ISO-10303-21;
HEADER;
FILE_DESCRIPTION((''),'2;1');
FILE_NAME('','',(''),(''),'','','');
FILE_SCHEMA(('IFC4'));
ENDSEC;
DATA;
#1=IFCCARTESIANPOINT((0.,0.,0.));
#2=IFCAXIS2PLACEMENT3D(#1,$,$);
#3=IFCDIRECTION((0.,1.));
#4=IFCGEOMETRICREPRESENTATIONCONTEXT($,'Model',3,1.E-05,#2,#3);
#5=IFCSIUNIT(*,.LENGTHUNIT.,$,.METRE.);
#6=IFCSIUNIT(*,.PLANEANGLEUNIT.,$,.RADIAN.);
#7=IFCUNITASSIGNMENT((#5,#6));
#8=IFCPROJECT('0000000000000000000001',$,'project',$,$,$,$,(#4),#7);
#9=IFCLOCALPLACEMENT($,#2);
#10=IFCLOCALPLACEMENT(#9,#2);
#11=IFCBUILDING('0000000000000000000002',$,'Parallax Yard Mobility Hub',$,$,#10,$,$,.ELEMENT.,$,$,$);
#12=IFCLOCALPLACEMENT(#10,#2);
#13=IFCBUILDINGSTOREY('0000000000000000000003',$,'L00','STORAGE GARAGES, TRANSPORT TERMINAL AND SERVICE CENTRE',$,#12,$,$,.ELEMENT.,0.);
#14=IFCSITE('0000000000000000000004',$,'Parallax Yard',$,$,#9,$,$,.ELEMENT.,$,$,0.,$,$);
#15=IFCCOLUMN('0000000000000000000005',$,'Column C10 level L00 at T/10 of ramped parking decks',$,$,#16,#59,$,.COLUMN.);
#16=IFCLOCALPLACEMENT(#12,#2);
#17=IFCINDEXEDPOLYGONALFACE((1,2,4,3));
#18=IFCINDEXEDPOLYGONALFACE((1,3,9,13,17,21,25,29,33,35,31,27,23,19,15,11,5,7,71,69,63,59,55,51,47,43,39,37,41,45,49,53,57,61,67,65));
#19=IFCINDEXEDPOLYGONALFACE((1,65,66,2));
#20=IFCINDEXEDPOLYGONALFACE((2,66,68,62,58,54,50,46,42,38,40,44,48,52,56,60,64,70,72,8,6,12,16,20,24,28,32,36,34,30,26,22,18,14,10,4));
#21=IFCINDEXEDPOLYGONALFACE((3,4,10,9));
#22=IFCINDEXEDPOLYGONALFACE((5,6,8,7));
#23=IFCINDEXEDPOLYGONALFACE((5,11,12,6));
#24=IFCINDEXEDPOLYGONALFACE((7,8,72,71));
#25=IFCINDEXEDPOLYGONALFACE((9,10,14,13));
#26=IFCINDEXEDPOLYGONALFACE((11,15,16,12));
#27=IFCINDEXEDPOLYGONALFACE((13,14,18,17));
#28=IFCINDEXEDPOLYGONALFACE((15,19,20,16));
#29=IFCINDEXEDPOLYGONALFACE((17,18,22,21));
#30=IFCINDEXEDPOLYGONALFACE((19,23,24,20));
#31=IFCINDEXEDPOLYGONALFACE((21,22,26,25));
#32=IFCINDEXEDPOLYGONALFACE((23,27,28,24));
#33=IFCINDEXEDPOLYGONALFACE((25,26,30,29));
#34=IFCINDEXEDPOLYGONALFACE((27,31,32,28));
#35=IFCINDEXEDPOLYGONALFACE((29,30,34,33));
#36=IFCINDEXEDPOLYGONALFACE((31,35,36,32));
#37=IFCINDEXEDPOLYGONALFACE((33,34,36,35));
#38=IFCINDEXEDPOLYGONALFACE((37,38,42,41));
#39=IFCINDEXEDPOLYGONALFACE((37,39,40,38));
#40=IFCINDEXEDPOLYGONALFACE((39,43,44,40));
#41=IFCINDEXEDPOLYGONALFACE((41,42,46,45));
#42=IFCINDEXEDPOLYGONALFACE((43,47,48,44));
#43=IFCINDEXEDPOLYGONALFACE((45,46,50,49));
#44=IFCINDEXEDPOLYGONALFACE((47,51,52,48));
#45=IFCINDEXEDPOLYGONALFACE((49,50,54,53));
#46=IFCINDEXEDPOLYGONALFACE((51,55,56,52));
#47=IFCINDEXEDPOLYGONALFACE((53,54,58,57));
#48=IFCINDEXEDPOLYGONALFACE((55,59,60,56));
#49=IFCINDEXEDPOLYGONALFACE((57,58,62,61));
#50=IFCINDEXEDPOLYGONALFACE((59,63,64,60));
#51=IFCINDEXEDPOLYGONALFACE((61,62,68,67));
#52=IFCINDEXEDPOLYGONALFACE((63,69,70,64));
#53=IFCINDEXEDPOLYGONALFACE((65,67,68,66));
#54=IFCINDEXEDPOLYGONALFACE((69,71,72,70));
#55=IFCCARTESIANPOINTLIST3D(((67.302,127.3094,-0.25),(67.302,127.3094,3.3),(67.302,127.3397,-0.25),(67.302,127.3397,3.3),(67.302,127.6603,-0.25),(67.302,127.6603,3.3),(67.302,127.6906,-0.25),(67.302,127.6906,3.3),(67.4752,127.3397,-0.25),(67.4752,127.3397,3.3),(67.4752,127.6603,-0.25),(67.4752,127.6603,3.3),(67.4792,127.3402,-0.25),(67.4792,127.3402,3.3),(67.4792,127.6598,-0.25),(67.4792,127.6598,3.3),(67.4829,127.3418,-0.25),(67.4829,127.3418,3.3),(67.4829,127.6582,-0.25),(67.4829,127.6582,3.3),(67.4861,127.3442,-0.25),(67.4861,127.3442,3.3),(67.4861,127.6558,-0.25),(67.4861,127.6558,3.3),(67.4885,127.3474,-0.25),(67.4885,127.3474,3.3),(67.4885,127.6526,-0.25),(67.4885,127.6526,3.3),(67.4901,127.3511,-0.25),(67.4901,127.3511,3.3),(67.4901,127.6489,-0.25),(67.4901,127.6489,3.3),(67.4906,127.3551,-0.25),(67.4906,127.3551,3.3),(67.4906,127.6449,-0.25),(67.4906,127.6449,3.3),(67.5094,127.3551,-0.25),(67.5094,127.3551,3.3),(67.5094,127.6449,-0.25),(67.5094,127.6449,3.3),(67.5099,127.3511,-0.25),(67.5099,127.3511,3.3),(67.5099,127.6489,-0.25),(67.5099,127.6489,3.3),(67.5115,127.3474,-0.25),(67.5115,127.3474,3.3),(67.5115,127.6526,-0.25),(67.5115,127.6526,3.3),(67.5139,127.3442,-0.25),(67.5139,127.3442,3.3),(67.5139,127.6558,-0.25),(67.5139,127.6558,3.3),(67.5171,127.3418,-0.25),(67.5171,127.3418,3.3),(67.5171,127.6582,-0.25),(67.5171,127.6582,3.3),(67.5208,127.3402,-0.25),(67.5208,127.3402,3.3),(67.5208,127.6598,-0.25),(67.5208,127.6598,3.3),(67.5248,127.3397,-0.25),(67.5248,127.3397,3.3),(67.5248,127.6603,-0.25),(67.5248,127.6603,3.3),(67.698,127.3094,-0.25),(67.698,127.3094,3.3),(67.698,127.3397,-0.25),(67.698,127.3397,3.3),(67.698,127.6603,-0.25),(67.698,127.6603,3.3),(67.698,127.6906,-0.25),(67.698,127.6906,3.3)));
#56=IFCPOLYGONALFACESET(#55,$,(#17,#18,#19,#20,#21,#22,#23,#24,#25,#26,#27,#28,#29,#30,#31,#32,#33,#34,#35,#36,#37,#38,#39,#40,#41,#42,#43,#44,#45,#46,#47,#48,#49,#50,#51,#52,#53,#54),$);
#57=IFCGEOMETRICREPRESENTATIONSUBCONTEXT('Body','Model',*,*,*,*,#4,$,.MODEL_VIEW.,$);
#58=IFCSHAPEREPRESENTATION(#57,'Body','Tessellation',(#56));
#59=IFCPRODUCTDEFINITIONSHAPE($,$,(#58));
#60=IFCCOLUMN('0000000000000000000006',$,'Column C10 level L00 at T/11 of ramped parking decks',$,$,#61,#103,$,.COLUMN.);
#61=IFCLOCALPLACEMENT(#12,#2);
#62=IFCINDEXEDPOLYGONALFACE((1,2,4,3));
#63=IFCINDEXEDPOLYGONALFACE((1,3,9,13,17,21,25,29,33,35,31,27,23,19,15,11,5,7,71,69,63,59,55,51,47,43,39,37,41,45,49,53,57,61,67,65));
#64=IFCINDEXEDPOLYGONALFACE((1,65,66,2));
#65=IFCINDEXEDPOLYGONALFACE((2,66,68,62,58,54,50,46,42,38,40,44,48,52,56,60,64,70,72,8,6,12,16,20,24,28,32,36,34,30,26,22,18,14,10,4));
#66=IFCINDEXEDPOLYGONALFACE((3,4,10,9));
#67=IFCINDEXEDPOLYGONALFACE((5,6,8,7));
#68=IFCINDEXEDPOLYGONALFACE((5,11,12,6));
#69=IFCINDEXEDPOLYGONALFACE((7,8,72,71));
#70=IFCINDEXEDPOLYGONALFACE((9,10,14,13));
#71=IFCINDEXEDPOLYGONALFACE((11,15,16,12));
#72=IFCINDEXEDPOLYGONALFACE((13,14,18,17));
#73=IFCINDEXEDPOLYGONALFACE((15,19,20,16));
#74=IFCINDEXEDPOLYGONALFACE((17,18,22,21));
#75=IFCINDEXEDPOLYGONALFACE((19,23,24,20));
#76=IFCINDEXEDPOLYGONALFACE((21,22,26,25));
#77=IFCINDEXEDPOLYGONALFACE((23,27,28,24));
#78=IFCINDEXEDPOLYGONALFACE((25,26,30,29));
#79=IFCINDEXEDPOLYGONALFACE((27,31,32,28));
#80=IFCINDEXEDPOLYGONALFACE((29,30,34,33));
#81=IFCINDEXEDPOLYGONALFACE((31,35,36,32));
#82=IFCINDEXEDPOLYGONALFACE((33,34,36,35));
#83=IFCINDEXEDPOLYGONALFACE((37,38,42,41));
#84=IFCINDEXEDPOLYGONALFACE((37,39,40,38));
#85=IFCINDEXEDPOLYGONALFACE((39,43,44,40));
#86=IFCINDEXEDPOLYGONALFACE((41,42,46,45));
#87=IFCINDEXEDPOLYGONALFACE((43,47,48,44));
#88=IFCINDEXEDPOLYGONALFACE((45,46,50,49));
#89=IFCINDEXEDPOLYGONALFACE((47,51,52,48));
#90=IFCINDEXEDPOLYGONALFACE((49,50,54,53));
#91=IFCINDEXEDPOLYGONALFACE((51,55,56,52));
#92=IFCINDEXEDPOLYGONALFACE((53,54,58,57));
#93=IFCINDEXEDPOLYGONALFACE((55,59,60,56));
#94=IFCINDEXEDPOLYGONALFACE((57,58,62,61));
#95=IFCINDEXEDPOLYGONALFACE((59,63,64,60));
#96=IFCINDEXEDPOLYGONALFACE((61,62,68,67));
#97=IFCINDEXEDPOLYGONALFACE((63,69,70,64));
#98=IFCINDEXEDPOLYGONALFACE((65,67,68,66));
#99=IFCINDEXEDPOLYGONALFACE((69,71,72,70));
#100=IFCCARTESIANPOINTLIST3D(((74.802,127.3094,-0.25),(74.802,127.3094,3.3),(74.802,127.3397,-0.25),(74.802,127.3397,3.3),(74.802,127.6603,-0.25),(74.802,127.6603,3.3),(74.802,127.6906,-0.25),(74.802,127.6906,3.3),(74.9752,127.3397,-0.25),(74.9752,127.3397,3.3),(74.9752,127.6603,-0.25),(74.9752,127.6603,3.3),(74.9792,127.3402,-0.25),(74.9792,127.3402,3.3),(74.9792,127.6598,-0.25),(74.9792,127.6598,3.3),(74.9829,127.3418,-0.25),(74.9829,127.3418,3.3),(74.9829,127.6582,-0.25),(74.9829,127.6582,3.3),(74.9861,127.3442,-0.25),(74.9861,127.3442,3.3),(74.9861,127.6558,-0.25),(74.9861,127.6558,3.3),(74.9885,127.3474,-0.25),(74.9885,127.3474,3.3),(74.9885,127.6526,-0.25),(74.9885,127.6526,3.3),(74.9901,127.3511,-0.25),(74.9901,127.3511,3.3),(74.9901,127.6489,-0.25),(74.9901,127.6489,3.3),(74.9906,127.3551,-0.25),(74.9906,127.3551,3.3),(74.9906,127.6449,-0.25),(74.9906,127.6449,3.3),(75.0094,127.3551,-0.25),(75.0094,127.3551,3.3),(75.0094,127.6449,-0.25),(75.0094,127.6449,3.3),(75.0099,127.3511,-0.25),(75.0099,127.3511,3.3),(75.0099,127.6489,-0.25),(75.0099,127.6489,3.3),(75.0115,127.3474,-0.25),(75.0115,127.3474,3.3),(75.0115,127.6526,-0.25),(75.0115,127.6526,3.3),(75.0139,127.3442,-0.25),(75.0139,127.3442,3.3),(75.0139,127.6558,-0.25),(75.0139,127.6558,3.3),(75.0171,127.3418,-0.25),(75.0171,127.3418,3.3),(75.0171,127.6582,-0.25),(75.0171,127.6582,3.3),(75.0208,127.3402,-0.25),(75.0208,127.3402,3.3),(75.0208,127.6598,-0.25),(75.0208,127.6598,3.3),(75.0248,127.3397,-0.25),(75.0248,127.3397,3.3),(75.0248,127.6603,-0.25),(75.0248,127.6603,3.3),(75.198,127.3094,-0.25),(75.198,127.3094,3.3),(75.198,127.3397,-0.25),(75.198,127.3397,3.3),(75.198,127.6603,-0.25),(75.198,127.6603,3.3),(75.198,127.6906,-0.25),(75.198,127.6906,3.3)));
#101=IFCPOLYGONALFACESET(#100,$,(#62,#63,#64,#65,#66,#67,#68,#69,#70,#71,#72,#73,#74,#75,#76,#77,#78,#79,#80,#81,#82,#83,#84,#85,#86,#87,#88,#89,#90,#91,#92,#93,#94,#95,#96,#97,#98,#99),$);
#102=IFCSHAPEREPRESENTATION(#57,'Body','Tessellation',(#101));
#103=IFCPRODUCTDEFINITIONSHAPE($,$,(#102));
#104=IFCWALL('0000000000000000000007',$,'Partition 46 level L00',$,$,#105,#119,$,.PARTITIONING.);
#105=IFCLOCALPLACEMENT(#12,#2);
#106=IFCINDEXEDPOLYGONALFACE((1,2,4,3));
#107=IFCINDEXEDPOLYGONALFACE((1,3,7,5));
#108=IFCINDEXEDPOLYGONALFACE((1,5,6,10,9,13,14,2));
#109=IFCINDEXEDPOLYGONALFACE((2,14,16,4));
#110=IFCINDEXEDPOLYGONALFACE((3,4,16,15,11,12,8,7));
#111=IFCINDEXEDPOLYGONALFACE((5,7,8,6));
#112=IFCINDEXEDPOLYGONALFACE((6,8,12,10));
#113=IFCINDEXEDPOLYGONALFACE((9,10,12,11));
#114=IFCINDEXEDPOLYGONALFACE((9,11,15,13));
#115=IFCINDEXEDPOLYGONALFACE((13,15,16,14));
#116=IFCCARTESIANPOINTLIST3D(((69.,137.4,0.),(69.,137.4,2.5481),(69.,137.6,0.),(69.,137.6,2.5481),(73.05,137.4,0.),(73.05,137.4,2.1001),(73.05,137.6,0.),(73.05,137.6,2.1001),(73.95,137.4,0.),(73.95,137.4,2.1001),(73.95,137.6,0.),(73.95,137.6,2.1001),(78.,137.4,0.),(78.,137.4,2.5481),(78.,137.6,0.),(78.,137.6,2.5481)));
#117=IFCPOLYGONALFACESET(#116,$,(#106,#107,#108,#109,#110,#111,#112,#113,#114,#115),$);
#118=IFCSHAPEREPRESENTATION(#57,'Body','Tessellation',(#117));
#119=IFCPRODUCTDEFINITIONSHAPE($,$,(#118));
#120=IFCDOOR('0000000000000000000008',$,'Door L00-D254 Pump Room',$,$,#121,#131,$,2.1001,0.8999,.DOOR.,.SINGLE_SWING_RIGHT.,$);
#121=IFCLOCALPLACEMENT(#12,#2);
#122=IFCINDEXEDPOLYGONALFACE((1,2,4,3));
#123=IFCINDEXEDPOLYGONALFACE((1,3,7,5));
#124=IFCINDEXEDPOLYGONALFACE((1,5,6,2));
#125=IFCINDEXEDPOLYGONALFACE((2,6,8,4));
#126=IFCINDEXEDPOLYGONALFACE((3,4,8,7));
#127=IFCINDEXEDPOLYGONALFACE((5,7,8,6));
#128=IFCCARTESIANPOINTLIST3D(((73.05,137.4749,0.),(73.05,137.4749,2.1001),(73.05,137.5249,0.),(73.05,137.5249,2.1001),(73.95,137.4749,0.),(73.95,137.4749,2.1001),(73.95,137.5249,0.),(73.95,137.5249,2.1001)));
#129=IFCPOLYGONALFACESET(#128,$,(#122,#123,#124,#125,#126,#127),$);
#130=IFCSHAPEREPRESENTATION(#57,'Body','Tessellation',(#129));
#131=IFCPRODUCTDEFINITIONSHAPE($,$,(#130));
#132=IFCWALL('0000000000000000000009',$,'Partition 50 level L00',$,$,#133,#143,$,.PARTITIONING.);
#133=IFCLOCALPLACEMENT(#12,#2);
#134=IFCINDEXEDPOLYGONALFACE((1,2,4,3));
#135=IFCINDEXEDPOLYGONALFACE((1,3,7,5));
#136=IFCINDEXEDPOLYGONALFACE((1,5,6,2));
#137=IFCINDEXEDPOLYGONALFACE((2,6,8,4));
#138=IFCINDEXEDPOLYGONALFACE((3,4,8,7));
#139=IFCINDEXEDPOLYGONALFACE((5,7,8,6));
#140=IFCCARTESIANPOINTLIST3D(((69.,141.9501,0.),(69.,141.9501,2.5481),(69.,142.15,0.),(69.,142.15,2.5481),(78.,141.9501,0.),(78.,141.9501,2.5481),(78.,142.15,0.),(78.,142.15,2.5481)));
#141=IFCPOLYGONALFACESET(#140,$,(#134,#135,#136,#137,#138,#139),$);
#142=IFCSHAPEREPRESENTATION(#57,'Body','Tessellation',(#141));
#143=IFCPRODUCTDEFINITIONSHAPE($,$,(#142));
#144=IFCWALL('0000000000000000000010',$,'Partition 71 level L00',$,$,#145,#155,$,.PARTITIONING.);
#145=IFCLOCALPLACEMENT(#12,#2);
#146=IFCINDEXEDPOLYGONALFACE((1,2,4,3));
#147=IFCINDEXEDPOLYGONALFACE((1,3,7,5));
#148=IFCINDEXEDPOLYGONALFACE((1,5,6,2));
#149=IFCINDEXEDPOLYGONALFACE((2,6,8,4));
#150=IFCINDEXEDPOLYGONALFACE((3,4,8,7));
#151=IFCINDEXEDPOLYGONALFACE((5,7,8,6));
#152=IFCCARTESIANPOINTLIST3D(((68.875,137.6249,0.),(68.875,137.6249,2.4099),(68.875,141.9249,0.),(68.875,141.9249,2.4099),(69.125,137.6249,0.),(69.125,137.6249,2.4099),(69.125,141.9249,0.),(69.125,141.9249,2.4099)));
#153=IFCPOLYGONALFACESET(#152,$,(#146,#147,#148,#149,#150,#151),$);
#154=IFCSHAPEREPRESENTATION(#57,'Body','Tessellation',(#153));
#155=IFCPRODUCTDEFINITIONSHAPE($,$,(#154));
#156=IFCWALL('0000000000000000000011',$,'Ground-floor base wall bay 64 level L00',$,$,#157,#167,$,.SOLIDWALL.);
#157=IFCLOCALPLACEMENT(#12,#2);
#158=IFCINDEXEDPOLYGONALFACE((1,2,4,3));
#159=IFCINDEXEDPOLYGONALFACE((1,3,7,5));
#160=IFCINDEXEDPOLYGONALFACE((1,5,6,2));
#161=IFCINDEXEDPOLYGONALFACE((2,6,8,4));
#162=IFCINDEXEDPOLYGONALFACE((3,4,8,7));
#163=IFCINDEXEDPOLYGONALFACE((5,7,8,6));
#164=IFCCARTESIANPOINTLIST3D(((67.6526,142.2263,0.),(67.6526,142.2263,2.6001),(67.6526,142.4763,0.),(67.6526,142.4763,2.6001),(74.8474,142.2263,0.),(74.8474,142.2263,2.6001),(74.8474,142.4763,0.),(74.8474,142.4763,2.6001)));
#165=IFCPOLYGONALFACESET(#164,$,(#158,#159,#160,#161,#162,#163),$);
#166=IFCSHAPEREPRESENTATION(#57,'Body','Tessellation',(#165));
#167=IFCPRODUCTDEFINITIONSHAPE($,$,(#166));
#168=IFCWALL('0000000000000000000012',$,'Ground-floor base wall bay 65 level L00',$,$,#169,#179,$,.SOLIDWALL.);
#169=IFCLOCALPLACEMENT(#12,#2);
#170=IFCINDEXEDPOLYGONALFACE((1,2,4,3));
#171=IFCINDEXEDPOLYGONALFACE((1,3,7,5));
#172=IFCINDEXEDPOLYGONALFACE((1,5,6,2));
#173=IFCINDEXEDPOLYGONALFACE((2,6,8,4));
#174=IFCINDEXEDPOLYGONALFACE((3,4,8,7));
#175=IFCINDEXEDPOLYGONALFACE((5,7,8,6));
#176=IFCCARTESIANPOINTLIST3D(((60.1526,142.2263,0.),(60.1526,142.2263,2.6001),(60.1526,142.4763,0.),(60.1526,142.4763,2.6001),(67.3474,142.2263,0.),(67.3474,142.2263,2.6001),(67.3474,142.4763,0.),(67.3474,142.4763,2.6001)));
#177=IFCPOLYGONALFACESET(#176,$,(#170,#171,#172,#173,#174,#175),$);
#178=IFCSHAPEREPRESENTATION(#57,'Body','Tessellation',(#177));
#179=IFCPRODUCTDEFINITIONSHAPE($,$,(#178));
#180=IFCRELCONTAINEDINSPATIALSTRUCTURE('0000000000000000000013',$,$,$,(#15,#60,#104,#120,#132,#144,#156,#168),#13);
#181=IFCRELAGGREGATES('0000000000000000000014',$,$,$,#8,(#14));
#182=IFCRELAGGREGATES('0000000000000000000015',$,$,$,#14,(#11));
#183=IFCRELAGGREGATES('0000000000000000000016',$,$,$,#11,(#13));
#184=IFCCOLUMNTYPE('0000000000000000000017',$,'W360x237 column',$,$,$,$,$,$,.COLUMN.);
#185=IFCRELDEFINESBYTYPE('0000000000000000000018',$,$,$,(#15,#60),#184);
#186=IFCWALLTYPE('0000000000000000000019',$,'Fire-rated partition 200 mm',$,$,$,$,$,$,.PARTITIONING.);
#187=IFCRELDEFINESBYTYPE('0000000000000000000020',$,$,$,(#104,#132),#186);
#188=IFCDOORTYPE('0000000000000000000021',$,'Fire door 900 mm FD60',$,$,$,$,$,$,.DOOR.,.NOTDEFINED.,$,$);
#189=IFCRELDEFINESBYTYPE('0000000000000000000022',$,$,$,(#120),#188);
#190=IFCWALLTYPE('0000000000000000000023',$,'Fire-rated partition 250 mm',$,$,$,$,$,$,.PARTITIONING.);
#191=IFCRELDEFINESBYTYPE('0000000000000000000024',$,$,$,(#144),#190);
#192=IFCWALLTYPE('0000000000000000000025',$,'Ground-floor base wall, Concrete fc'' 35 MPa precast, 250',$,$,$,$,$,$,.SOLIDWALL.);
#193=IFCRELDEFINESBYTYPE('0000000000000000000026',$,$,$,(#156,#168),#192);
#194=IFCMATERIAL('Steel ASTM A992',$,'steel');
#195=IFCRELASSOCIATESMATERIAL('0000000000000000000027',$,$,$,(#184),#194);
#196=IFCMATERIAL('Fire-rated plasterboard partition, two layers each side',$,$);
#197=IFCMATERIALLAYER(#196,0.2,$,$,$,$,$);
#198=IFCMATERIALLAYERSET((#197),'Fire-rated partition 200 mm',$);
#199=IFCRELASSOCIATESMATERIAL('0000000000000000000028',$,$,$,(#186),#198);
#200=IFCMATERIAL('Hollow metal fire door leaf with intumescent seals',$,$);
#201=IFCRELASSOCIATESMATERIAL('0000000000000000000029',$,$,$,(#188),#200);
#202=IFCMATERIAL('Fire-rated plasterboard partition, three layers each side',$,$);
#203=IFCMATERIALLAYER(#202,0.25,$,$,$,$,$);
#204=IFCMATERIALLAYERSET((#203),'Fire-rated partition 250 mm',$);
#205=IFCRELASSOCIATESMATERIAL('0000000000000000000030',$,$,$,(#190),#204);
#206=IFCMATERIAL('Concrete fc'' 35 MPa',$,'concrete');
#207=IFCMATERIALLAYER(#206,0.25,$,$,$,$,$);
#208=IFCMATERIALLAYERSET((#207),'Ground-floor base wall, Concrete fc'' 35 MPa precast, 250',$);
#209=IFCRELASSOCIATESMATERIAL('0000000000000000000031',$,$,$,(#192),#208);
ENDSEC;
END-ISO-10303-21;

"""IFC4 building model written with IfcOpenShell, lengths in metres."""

from ifc_helpers import new_model, si_unit, direction, frame, frame_2d, origin, origin_2d, place, context, subcontext, project, spatial, rectangle, i_section, extrude, material, layer, layer_set, material_profile, profile_set, type_object, element, fill, save


model = new_model("IFC4")

# Units and contexts
model_context = context("Model", 3, precision=1e-05, world=origin(), true_north=direction((0.0, 1.0)))
body_context = subcontext(model_context, "Body", "Model", "MODEL_VIEW")
ifc_project = project(units=[si_unit("LENGTHUNIT", "METRE"), si_unit("PLANEANGLEUNIT", "RADIAN")], contexts=[model_context])

# Site, building, storey
site_placement = place(None, origin())
site = spatial("IfcSite", under=ifc_project, at=site_placement, Name="Parallax Yard", CompositionType="ELEMENT", RefElevation=0.0)
building_placement = place(site_placement, origin())
building = spatial("IfcBuilding", under=site, at=building_placement, Name="Parallax Yard Mobility Hub", CompositionType="ELEMENT")
storey_placement = place(building_placement, origin())
storey = spatial("IfcBuildingStorey", under=building, at=storey_placement, Name="L00", Description="STORAGE GARAGES, TRANSPORT TERMINAL AND SERVICE CENTRE", CompositionType="ELEMENT", Elevation=0.0)

# Columns
ifc_material_1 = material(Name="Steel ASTM A992", Category="steel")
ifc_material_profile_1 = material_profile(ifc_material_1, i_section(OverallWidth=0.396, OverallDepth=0.3811, WebThickness=0.0188, FlangeThickness=0.0303, FilletRadius=0.0154, at=origin_2d()), Name="W360x237")
ifc_profile_set_1 = profile_set([ifc_material_profile_1], Name="Steel ASTM A992")
column_type_1 = type_object("IfcColumnType", Name="W360x237 column", PredefinedType="COLUMN", material=ifc_profile_set_1)
for number, where, z_axis, x_axis, name in (
    (1, (67.5, 127.5, -0.25), (0.0, 0.0, 1.0), (1.0, 0.0, 0.0), "Column C10 level L00 at T/10 of ramped parking decks"),
    (2, (75.0, 127.5, -0.25), (0.0, 0.0, 1.0), (1.0, 0.0, 0.0), "Column C10 level L00 at T/11 of ramped parking decks"),
):
    element("IfcColumn", number, at=place(storey_placement, frame(where, z_axis=z_axis, x_axis=x_axis)), inside=storey, type_object=column_type_1, Name=name, PredefinedType="COLUMN", context=body_context, shape_type="SweptSolid", body=[
        extrude(i_section(OverallWidth=0.396, OverallDepth=0.3811, WebThickness=0.0188, FlangeThickness=0.0303, FilletRadius=0.0154, at=origin_2d()), origin(), (0.0, 0.0, 1.0), 3.55),
    ])

# Wall, opening, door
ifc_material_2 = material(Name="Fire-rated plasterboard partition, two layers each side")
ifc_layer_1 = layer(ifc_material_2, 0.2)
ifc_layer_set_1 = layer_set([ifc_layer_1], Name="Fire-rated partition 200 mm")
wall_type_1 = type_object("IfcWallType", Name="Fire-rated partition 200 mm", PredefinedType="PARTITIONING", material=ifc_layer_set_1)
wall_1_placement = place(storey_placement, frame((69.0, 137.5, 0.0), z_axis=(0.0, 0.0, 1.0), x_axis=(1.0, 0.0, 0.0)))
wall_1 = element("IfcWall", 3, at=wall_1_placement, inside=storey, type_object=wall_type_1, Name="Partition 46 level L00", PredefinedType="PARTITIONING", context=body_context, shape_type="SweptSolid", body=[
    extrude(rectangle(XDim=9.0, YDim=0.2, at=frame_2d((4.5, 0.0))), origin(), (0.0, 0.0, 1.0), 2.5481),
])
opening_placement = place(wall_1_placement, frame((4.05, 0.0, 0.0)))
opening = element("IfcOpeningElement", 4, at=opening_placement, cuts=wall_1, PredefinedType="OPENING", context=body_context, shape_type="SweptSolid", body=[
    extrude(rectangle(XDim=0.8999, YDim=2.1001, at=frame_2d((0.45, 1.05))), frame((0.0, 0.1099, 0.0), z_axis=(0.0, -1.0, 0.0), x_axis=(1.0, 0.0, 0.0)), (0.0, 0.0, 1.0), 0.22),
])
ifc_material_3 = material(Name="Hollow metal fire door leaf with intumescent seals")
door_type = type_object("IfcDoorType", Name="Fire door 900 mm FD60", OperationType="NOTDEFINED", PredefinedType="DOOR", material=ifc_material_3)
door_placement = place(opening_placement, origin())
door = element("IfcDoor", 5, at=door_placement, inside=storey, type_object=door_type, Name="Door L00-D254 Pump Room", OperationType="SINGLE_SWING_RIGHT", OverallHeight=2.1001, OverallWidth=0.8999, PredefinedType="DOOR", context=body_context, shape_type="SweptSolid", body=[
    extrude(rectangle(XDim=0.8999, YDim=2.1001, at=frame_2d((0.45, 1.05))), frame((0.0, 0.0249, 0.0), z_axis=(0.0, -1.0, 0.0), x_axis=(1.0, 0.0, 0.0)), (0.0, 0.0, 1.0), 0.05),
])
fill(opening, door)

# Walls
wall_2_placement = place(storey_placement, frame((69.0, 142.05, 0.0), z_axis=(0.0, 0.0, 1.0), x_axis=(1.0, 0.0, 0.0)))
element("IfcWall", 6, at=wall_2_placement, inside=storey, type_object=wall_type_1, Name="Partition 50 level L00", PredefinedType="PARTITIONING", context=body_context, shape_type="SweptSolid", body=[
    extrude(rectangle(XDim=9.0, YDim=0.2, at=frame_2d((4.5, 0.0))), origin(), (0.0, 0.0, 1.0), 2.5481),
])
ifc_material_4 = material(Name="Fire-rated plasterboard partition, three layers each side")
ifc_layer_2 = layer(ifc_material_4, 0.25)
ifc_layer_set_2 = layer_set([ifc_layer_2], Name="Fire-rated partition 250 mm")
wall_type_2 = type_object("IfcWallType", Name="Fire-rated partition 250 mm", PredefinedType="PARTITIONING", material=ifc_layer_set_2)
wall_3_placement = place(storey_placement, frame((69.0, 137.625, 0.0), z_axis=(0.0, 0.0, 1.0), x_axis=(0.0, 1.0, 0.0)))
element("IfcWall", 7, at=wall_3_placement, inside=storey, type_object=wall_type_2, Name="Partition 71 level L00", PredefinedType="PARTITIONING", context=body_context, shape_type="SweptSolid", body=[
    extrude(rectangle(XDim=4.3, YDim=0.25, at=frame_2d((2.1499, 0.0))), origin(), (0.0, 0.0, 1.0), 2.4099),
])
ifc_material_5 = material(Name="Concrete fc' 35 MPa", Category="concrete")
ifc_layer_3 = layer(ifc_material_5, 0.25)
ifc_layer_set_3 = layer_set([ifc_layer_3], Name="Ground-floor base wall, Concrete fc' 35 MPa precast, 250")
wall_type_3 = type_object("IfcWallType", Name="Ground-floor base wall, Concrete fc' 35 MPa precast, 250", PredefinedType="SOLIDWALL", material=ifc_layer_set_3)
for number, where, z_axis, x_axis, name in (
    (8, (74.8474, 142.3513, 0.0), (0.0, 0.0, 1.0), (-1.0, 0.0, 0.0), "Ground-floor base wall bay 64 level L00"),
    (9, (67.3474, 142.3513, 0.0), (0.0, 0.0, 1.0), (-1.0, 0.0, 0.0), "Ground-floor base wall bay 65 level L00"),
):
    element("IfcWall", number, at=place(storey_placement, frame(where, z_axis=z_axis, x_axis=x_axis)), inside=storey, type_object=wall_type_3, Name=name, PredefinedType="SOLIDWALL", context=body_context, shape_type="SweptSolid", body=[
        extrude(rectangle(XDim=7.1948, YDim=0.25, at=frame_2d((3.5974, 0.0))), origin(), (0.0, 0.0, 1.0), 2.6001),
    ])

save(model, "model.ifc")
